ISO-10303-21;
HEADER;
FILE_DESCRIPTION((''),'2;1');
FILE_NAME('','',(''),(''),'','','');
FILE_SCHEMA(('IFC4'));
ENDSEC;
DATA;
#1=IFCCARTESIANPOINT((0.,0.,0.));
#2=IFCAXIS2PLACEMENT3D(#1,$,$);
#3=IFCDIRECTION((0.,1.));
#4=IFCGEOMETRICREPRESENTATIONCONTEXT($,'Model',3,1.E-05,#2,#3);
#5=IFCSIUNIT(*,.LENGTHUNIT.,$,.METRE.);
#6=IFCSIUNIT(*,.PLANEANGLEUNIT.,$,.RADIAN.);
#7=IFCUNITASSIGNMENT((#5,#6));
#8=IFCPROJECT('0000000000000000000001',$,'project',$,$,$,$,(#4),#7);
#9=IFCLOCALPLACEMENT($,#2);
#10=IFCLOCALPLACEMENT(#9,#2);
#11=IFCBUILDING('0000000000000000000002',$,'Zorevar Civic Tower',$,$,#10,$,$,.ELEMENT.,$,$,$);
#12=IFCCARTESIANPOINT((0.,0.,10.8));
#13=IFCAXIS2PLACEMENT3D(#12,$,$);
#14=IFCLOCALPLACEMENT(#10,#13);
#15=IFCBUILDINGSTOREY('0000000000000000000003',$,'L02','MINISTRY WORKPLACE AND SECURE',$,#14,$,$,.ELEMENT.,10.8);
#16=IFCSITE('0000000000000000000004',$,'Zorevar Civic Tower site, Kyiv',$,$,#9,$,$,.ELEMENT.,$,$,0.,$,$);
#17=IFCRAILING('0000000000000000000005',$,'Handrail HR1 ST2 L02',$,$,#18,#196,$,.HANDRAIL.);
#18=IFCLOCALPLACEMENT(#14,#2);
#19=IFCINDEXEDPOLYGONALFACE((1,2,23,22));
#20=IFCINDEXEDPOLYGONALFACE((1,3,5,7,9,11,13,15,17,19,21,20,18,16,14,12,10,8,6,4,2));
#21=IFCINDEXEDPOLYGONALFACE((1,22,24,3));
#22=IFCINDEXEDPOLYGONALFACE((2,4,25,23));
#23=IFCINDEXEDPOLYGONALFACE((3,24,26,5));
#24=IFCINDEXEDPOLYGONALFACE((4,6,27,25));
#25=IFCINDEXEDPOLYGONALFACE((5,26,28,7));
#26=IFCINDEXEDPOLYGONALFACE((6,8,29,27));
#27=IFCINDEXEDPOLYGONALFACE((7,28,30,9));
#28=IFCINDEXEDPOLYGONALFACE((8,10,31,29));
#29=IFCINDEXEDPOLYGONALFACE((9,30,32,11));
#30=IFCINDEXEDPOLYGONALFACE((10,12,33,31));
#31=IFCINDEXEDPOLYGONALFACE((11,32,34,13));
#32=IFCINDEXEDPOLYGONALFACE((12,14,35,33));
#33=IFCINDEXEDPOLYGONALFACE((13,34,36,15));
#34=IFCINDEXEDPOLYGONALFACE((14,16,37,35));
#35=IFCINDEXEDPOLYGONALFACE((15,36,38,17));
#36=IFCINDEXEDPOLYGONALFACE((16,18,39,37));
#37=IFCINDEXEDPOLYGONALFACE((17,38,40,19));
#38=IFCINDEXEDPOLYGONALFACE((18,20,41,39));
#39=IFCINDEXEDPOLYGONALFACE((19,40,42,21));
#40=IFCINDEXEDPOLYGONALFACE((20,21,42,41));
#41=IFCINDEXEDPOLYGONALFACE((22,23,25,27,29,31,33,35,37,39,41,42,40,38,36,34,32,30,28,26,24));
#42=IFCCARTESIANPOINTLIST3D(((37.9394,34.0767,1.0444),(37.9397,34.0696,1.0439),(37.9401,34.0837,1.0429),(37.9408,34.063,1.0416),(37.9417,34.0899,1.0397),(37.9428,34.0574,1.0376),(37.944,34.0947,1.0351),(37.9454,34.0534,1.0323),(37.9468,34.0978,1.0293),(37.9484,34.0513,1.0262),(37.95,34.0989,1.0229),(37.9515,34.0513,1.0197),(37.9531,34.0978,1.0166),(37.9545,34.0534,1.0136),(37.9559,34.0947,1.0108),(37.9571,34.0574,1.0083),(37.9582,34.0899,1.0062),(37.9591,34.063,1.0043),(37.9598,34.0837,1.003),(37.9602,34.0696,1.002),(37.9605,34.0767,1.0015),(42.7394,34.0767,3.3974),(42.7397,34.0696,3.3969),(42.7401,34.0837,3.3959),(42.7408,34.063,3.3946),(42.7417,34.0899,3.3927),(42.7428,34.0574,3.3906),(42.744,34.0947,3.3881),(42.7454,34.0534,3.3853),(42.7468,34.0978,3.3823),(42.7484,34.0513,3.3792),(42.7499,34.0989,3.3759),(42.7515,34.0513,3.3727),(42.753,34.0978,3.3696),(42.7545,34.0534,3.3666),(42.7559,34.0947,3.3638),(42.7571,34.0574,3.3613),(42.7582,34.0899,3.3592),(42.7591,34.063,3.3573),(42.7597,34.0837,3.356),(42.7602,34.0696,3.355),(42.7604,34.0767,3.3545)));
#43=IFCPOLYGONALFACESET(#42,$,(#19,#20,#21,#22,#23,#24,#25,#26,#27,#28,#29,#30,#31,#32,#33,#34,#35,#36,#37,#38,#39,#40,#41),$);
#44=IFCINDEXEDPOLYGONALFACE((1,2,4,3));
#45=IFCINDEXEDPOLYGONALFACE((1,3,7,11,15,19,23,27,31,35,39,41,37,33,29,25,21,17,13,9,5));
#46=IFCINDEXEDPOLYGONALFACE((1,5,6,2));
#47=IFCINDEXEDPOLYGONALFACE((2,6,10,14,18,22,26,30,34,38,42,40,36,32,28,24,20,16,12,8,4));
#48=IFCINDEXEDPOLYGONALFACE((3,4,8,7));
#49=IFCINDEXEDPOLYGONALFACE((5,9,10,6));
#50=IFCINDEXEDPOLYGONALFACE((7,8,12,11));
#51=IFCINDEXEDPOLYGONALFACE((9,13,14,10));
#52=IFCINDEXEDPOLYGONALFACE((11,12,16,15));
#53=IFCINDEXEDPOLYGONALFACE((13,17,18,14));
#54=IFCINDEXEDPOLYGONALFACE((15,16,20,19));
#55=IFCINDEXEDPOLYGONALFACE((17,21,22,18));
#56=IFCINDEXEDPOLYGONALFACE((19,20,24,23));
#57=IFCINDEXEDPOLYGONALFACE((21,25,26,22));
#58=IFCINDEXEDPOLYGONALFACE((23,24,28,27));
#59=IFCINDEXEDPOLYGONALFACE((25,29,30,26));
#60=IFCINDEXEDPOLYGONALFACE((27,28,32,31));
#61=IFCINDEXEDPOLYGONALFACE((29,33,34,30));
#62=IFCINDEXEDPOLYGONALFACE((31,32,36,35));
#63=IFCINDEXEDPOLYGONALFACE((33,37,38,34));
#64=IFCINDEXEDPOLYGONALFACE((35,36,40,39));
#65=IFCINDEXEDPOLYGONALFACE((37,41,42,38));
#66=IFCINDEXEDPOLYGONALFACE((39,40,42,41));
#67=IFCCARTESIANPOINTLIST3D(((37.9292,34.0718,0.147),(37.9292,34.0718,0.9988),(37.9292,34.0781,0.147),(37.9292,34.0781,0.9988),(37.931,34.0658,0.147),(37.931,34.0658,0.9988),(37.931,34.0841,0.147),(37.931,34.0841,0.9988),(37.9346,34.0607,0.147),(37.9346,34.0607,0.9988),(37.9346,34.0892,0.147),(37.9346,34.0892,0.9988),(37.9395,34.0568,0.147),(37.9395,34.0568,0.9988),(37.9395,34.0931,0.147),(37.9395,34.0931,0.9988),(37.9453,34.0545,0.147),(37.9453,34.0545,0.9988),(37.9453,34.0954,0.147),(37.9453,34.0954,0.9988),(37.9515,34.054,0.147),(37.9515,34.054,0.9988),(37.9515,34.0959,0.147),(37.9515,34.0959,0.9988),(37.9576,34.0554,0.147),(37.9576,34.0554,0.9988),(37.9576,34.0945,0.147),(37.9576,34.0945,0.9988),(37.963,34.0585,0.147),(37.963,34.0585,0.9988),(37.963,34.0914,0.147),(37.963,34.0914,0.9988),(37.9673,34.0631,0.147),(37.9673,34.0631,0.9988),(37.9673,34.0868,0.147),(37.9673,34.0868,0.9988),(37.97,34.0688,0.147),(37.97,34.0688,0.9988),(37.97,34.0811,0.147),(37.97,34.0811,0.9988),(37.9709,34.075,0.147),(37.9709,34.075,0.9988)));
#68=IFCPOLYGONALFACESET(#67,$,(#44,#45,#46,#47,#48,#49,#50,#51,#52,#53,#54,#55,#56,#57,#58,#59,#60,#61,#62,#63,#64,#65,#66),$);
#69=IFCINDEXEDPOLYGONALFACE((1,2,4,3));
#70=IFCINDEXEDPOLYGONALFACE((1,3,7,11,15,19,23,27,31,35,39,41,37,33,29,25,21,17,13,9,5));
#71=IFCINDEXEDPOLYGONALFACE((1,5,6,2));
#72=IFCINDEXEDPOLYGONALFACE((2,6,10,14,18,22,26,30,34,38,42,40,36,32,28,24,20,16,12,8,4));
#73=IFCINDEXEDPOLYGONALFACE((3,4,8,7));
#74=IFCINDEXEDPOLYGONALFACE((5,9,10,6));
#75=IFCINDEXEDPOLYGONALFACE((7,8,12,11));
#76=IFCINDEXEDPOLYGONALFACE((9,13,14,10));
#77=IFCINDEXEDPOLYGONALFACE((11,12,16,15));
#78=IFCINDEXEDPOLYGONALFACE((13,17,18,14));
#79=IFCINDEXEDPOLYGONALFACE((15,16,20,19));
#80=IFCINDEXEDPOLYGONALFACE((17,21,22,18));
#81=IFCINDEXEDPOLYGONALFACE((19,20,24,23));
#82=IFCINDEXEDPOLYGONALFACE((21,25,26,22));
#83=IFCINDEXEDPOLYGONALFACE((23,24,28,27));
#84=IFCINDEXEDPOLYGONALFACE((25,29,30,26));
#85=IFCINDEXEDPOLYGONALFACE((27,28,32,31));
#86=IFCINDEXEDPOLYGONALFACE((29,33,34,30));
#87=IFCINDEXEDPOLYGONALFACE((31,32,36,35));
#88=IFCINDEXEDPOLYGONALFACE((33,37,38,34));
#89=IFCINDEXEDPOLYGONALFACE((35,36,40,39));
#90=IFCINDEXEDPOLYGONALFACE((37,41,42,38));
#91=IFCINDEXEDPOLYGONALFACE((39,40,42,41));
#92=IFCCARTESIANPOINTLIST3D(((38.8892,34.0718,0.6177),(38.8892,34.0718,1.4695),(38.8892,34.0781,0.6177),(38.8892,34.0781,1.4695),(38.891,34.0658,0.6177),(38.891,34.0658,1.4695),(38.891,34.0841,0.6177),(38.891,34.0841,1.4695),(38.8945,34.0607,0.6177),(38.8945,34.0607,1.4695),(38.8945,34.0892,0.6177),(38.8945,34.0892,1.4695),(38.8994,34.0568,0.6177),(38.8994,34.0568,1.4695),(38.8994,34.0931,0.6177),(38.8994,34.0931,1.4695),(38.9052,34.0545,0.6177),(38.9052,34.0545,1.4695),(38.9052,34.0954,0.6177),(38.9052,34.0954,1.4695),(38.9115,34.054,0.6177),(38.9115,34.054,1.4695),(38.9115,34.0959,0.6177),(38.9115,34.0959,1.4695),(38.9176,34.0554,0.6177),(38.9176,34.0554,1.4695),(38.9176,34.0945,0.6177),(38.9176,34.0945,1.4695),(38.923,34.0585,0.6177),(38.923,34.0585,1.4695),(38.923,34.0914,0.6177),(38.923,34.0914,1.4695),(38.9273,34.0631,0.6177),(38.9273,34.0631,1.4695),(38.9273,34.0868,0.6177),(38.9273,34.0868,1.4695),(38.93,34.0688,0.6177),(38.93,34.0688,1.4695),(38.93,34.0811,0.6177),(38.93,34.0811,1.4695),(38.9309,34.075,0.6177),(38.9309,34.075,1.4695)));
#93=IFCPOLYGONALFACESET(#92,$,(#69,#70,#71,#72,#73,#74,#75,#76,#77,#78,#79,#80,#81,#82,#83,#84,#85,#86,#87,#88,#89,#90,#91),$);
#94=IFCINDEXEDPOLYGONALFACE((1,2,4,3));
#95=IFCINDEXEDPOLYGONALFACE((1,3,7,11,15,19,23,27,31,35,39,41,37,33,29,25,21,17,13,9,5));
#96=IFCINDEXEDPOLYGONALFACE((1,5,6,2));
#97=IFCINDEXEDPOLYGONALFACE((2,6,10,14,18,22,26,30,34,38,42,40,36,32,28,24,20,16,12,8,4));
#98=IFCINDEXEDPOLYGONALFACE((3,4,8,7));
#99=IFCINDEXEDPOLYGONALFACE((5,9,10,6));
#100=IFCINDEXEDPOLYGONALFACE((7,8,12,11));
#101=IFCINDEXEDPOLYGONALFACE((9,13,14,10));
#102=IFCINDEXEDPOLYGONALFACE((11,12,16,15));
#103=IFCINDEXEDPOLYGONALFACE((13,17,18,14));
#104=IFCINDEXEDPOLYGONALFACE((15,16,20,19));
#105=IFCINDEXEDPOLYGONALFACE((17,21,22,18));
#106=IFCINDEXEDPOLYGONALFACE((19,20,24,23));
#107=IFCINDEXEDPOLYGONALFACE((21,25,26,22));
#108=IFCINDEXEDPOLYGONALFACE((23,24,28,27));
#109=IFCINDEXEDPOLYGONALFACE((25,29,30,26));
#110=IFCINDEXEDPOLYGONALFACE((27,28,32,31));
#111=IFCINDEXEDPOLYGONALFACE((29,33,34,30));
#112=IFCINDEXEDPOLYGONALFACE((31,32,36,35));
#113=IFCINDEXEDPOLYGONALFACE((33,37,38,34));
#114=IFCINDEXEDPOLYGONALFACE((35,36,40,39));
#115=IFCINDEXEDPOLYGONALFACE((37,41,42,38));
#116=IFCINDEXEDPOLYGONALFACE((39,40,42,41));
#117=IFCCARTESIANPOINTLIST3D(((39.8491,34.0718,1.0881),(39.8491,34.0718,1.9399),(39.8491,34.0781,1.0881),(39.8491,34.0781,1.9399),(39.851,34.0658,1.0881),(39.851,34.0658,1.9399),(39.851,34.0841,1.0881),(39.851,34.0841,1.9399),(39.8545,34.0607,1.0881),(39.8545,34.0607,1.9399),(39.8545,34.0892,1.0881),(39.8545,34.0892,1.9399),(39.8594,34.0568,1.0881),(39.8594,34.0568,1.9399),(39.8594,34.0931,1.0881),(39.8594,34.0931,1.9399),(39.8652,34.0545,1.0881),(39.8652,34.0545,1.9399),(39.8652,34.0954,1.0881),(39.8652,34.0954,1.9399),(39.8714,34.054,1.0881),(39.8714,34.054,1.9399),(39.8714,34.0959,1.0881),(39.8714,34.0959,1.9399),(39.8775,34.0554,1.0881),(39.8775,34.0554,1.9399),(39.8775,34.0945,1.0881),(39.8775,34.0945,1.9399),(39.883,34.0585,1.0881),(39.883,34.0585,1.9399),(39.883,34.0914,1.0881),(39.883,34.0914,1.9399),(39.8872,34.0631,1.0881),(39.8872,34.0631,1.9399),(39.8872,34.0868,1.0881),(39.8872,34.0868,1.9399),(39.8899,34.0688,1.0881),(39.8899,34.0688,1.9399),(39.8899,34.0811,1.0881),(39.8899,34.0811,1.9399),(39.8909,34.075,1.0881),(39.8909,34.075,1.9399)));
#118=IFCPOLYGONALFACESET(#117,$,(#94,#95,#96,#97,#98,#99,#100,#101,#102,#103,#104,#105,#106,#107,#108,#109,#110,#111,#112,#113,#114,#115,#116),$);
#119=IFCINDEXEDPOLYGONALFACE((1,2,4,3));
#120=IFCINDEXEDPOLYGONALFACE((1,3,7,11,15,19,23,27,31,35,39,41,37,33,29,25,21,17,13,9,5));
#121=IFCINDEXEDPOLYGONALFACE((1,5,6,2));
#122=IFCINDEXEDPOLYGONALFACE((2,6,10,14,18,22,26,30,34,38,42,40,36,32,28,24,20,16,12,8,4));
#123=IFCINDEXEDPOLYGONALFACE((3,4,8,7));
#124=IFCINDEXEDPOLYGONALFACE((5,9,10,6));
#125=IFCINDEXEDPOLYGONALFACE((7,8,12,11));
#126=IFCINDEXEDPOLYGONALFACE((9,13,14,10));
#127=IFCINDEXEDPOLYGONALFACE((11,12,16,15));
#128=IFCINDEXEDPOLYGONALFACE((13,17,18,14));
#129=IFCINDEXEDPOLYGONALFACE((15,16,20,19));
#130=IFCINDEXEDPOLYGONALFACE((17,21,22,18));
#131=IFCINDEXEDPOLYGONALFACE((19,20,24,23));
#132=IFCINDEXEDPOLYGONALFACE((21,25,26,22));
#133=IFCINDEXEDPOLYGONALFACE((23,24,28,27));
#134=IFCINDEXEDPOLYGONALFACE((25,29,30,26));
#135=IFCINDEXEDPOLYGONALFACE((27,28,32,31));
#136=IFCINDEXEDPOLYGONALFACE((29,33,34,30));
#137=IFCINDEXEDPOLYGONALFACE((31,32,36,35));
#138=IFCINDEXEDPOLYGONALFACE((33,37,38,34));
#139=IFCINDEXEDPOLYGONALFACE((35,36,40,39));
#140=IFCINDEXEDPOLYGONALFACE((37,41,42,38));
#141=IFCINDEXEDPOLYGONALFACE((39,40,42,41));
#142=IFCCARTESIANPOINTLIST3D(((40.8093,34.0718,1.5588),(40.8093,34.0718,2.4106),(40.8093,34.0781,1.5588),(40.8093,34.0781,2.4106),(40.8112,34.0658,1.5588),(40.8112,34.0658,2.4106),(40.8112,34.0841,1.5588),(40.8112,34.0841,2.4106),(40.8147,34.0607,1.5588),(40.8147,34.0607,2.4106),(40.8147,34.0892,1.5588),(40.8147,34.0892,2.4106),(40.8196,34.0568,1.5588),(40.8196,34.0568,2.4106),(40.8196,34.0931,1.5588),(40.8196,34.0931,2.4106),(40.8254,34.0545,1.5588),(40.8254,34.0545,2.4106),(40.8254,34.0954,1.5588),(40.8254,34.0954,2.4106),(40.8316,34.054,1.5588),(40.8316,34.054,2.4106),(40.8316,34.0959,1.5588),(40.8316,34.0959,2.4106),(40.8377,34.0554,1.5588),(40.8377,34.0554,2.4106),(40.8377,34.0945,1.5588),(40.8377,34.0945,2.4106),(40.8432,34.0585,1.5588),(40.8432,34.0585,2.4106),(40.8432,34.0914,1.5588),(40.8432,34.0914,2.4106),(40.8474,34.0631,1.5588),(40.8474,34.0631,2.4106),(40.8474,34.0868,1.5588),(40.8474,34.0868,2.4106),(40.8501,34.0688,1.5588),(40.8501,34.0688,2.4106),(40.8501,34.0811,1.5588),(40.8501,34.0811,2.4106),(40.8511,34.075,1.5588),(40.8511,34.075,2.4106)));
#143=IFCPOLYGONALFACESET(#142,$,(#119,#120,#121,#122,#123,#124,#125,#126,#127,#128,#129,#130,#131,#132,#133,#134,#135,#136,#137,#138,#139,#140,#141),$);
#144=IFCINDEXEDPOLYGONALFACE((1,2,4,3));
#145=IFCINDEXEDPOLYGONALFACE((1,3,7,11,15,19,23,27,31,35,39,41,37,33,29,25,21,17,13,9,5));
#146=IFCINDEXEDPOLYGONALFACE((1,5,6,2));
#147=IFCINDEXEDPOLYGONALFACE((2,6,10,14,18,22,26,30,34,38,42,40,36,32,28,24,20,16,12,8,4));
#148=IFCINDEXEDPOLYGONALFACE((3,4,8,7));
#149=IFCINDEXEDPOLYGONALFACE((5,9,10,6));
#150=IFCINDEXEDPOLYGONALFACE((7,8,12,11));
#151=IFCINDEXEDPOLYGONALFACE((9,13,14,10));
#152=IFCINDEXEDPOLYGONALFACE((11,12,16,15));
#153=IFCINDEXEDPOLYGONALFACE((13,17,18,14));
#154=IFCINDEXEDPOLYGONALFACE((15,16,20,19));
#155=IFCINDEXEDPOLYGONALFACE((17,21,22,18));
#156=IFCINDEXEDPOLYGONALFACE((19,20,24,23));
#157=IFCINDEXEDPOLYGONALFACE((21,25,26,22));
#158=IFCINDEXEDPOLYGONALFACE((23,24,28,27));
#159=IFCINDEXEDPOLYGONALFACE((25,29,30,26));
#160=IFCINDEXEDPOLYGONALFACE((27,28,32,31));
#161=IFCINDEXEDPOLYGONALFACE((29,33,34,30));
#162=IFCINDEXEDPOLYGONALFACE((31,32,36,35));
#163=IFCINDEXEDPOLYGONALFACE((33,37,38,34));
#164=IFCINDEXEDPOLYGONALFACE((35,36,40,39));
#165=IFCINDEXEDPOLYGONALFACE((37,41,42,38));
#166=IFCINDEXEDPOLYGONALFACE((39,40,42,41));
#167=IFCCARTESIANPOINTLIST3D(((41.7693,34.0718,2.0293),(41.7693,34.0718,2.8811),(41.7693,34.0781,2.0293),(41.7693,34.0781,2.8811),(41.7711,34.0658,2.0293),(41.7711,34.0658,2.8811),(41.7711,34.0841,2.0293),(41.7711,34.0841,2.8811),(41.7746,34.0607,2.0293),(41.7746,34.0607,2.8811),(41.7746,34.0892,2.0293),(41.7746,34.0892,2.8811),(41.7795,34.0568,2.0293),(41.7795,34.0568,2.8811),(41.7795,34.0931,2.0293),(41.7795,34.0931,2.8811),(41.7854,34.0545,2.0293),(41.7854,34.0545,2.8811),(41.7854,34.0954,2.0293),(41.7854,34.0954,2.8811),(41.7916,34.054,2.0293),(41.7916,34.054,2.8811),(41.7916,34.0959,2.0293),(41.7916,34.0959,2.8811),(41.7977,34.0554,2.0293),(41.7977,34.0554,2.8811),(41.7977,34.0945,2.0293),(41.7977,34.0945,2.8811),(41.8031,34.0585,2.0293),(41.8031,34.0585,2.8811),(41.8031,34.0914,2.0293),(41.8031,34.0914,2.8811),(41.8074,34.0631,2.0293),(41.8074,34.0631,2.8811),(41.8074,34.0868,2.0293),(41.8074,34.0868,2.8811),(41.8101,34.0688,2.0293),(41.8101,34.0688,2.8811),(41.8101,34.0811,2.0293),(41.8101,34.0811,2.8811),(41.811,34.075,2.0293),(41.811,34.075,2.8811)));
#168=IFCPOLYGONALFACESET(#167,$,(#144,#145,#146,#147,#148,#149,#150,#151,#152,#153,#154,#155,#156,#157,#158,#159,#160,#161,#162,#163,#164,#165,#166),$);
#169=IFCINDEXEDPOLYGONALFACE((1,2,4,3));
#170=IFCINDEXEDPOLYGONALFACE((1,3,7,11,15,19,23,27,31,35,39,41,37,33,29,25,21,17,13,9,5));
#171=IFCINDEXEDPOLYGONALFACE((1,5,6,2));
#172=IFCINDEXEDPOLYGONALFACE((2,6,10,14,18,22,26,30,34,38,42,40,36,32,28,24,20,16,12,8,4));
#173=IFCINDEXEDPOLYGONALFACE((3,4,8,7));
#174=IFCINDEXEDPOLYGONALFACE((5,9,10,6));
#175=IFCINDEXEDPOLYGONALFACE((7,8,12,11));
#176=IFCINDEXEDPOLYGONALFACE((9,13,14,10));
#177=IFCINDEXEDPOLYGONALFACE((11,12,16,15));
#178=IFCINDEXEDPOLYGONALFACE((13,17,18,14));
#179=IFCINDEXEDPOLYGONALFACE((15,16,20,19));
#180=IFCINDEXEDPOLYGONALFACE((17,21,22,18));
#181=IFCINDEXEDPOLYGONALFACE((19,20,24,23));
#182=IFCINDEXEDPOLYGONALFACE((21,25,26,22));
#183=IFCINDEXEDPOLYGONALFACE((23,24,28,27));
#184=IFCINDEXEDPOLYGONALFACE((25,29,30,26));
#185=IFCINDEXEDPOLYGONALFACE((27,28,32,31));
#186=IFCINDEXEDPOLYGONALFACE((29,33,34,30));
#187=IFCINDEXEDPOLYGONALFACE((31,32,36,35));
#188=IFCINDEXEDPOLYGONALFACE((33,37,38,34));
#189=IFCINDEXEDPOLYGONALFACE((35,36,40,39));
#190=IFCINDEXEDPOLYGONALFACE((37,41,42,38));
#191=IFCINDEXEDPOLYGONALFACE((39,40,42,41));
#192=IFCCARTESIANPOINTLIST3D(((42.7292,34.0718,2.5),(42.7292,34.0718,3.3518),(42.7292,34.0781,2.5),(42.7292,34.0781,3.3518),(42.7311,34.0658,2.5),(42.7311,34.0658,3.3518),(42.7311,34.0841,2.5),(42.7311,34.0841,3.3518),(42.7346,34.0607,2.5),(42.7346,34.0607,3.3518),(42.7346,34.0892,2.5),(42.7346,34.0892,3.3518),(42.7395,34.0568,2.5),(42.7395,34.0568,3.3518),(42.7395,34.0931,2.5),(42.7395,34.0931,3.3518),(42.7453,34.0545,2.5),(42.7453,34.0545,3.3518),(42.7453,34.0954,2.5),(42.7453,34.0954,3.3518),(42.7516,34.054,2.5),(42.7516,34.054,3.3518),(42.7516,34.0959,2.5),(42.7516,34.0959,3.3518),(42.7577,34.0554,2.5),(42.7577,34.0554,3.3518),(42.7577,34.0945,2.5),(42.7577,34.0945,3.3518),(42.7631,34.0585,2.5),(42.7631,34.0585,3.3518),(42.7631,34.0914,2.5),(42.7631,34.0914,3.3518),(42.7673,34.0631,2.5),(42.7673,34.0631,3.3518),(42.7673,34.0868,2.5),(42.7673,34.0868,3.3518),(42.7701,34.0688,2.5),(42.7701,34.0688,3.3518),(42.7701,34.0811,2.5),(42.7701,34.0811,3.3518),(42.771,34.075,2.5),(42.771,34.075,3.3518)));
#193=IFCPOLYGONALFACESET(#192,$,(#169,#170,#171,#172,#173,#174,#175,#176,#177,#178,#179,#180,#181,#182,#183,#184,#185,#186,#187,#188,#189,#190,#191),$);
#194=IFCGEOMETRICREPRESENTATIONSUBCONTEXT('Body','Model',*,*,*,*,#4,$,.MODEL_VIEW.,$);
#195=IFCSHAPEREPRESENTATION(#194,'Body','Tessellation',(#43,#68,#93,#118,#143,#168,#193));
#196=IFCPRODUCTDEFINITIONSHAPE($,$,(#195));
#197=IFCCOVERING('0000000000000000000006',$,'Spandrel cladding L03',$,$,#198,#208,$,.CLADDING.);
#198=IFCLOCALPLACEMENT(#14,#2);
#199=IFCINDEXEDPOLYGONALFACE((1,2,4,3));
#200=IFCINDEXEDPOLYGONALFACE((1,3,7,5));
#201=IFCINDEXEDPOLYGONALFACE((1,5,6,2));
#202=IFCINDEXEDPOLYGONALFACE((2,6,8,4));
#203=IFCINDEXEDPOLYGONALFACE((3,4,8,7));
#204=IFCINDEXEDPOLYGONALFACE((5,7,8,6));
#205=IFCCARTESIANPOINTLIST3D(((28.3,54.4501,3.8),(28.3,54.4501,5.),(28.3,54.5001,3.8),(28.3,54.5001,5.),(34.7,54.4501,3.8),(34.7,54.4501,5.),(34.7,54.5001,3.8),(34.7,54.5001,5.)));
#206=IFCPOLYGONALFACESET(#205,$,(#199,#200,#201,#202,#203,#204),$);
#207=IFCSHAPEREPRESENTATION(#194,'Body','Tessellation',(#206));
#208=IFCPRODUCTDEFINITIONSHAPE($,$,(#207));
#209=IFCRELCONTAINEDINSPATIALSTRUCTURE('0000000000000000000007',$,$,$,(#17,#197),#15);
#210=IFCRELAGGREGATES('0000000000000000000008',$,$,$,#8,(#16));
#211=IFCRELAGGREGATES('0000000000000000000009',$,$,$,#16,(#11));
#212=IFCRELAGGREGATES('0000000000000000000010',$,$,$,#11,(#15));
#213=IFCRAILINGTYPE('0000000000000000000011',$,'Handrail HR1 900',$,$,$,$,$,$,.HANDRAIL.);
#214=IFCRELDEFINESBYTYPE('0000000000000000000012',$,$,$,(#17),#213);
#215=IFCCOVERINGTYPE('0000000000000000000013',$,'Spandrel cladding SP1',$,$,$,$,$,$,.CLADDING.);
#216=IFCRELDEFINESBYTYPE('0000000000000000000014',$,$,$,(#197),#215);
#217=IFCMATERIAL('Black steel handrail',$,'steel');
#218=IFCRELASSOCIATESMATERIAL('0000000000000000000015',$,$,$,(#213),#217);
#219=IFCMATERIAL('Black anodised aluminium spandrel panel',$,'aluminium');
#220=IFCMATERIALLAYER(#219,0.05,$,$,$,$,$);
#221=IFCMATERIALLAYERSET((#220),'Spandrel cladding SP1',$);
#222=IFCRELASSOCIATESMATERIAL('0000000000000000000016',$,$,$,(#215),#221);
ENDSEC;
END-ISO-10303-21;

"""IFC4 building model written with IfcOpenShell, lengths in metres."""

from ifc_helpers import new_model, si_unit, direction, frame, frame_2d, origin, origin_2d, place, context, subcontext, project, spatial, rectangle, circle, extrude, material, layer, layer_set, type_object, element, save


model = new_model("IFC4")

# Units and contexts
model_context = context("Model", 3, precision=1e-05, world=origin(), true_north=direction((0.0, 1.0)))
body_context = subcontext(model_context, "Body", "Model", "MODEL_VIEW")
ifc_project = project(units=[si_unit("LENGTHUNIT", "METRE"), si_unit("PLANEANGLEUNIT", "RADIAN")], contexts=[model_context])

# Site, building, storey
site_placement = place(None, origin())
site = spatial("IfcSite", under=ifc_project, at=site_placement, Name="Zorevar Civic Tower site, Kyiv", CompositionType="ELEMENT", RefElevation=0.0)
building_placement = place(site_placement, origin())
building = spatial("IfcBuilding", under=site, at=building_placement, Name="Zorevar Civic Tower", CompositionType="ELEMENT")
storey_placement = place(building_placement, frame((0.0, 0.0, 10.8)))
storey = spatial("IfcBuildingStorey", under=building, at=storey_placement, Name="L02", Description="MINISTRY WORKPLACE AND SECURE", CompositionType="ELEMENT", Elevation=10.8)

# Railing
ifc_material_1 = material(Name="Black steel handrail", Category="steel")
railing_type = type_object("IfcRailingType", Name="Handrail HR1 900", PredefinedType="HANDRAIL", material=ifc_material_1)
railing_placement = place(storey_placement, frame((37.95, 34.075, 0.147)))
element("IfcRailing", 1, at=railing_placement, inside=storey, type_object=railing_type, Name="Handrail HR1 ST2 L02", PredefinedType="HANDRAIL", context=body_context, shape_type="SweptSolid", body=[
    extrude(circle(Radius=0.0239, at=origin_2d()), frame((0.0, 0.0, 0.876), z_axis=(0.897916, 0.0, 0.440167), x_axis=(0.0, 1.0, 0.0)), (0.0, 0.0, 1.0), 5.3457),
    extrude(circle(Radius=0.021, at=origin_2d()), origin(), (0.0, 0.0, 1.0), 0.8518),
    extrude(circle(Radius=0.021, at=origin_2d()), frame((0.96, 0.0, 0.4707)), (0.0, 0.0, 1.0), 0.8518),
    extrude(circle(Radius=0.021, at=origin_2d()), frame((1.9199, 0.0, 0.9412)), (0.0, 0.0, 1.0), 0.8518),
    extrude(circle(Radius=0.021, at=origin_2d()), frame((2.8801, 0.0, 1.4119)), (0.0, 0.0, 1.0), 0.8518),
    extrude(circle(Radius=0.021, at=origin_2d()), frame((3.8401, 0.0, 1.8823)), (0.0, 0.0, 1.0), 0.8518),
    extrude(circle(Radius=0.021, at=origin_2d()), frame((4.8, 0.0, 2.353)), (0.0, 0.0, 1.0), 0.8518),
])

# Covering
ifc_material_2 = material(Name="Black anodised aluminium spandrel panel", Category="aluminium")
ifc_layer_1 = layer(ifc_material_2, 0.05)
ifc_layer_set_1 = layer_set([ifc_layer_1], Name="Spandrel cladding SP1")
covering_type = type_object("IfcCoveringType", Name="Spandrel cladding SP1", PredefinedType="CLADDING", material=ifc_layer_set_1)
for number, where, z_axis, x_axis, name in (
    (2, (28.3, 54.4751, 3.8), (0.0, 0.0, 1.0), (1.0, 0.0, 0.0), "Spandrel cladding L03"),
):
    element("IfcCovering", number, at=place(storey_placement, frame(where, z_axis=z_axis, x_axis=x_axis)), inside=storey, type_object=covering_type, Name=name, PredefinedType="CLADDING", context=body_context, shape_type="SweptSolid", body=[
        extrude(rectangle(XDim=6.3999, YDim=0.05, at=frame_2d((3.2, 0.0))), origin(), (0.0, 0.0, 1.0), 1.2),
    ])

save(model, "model.ifc")
